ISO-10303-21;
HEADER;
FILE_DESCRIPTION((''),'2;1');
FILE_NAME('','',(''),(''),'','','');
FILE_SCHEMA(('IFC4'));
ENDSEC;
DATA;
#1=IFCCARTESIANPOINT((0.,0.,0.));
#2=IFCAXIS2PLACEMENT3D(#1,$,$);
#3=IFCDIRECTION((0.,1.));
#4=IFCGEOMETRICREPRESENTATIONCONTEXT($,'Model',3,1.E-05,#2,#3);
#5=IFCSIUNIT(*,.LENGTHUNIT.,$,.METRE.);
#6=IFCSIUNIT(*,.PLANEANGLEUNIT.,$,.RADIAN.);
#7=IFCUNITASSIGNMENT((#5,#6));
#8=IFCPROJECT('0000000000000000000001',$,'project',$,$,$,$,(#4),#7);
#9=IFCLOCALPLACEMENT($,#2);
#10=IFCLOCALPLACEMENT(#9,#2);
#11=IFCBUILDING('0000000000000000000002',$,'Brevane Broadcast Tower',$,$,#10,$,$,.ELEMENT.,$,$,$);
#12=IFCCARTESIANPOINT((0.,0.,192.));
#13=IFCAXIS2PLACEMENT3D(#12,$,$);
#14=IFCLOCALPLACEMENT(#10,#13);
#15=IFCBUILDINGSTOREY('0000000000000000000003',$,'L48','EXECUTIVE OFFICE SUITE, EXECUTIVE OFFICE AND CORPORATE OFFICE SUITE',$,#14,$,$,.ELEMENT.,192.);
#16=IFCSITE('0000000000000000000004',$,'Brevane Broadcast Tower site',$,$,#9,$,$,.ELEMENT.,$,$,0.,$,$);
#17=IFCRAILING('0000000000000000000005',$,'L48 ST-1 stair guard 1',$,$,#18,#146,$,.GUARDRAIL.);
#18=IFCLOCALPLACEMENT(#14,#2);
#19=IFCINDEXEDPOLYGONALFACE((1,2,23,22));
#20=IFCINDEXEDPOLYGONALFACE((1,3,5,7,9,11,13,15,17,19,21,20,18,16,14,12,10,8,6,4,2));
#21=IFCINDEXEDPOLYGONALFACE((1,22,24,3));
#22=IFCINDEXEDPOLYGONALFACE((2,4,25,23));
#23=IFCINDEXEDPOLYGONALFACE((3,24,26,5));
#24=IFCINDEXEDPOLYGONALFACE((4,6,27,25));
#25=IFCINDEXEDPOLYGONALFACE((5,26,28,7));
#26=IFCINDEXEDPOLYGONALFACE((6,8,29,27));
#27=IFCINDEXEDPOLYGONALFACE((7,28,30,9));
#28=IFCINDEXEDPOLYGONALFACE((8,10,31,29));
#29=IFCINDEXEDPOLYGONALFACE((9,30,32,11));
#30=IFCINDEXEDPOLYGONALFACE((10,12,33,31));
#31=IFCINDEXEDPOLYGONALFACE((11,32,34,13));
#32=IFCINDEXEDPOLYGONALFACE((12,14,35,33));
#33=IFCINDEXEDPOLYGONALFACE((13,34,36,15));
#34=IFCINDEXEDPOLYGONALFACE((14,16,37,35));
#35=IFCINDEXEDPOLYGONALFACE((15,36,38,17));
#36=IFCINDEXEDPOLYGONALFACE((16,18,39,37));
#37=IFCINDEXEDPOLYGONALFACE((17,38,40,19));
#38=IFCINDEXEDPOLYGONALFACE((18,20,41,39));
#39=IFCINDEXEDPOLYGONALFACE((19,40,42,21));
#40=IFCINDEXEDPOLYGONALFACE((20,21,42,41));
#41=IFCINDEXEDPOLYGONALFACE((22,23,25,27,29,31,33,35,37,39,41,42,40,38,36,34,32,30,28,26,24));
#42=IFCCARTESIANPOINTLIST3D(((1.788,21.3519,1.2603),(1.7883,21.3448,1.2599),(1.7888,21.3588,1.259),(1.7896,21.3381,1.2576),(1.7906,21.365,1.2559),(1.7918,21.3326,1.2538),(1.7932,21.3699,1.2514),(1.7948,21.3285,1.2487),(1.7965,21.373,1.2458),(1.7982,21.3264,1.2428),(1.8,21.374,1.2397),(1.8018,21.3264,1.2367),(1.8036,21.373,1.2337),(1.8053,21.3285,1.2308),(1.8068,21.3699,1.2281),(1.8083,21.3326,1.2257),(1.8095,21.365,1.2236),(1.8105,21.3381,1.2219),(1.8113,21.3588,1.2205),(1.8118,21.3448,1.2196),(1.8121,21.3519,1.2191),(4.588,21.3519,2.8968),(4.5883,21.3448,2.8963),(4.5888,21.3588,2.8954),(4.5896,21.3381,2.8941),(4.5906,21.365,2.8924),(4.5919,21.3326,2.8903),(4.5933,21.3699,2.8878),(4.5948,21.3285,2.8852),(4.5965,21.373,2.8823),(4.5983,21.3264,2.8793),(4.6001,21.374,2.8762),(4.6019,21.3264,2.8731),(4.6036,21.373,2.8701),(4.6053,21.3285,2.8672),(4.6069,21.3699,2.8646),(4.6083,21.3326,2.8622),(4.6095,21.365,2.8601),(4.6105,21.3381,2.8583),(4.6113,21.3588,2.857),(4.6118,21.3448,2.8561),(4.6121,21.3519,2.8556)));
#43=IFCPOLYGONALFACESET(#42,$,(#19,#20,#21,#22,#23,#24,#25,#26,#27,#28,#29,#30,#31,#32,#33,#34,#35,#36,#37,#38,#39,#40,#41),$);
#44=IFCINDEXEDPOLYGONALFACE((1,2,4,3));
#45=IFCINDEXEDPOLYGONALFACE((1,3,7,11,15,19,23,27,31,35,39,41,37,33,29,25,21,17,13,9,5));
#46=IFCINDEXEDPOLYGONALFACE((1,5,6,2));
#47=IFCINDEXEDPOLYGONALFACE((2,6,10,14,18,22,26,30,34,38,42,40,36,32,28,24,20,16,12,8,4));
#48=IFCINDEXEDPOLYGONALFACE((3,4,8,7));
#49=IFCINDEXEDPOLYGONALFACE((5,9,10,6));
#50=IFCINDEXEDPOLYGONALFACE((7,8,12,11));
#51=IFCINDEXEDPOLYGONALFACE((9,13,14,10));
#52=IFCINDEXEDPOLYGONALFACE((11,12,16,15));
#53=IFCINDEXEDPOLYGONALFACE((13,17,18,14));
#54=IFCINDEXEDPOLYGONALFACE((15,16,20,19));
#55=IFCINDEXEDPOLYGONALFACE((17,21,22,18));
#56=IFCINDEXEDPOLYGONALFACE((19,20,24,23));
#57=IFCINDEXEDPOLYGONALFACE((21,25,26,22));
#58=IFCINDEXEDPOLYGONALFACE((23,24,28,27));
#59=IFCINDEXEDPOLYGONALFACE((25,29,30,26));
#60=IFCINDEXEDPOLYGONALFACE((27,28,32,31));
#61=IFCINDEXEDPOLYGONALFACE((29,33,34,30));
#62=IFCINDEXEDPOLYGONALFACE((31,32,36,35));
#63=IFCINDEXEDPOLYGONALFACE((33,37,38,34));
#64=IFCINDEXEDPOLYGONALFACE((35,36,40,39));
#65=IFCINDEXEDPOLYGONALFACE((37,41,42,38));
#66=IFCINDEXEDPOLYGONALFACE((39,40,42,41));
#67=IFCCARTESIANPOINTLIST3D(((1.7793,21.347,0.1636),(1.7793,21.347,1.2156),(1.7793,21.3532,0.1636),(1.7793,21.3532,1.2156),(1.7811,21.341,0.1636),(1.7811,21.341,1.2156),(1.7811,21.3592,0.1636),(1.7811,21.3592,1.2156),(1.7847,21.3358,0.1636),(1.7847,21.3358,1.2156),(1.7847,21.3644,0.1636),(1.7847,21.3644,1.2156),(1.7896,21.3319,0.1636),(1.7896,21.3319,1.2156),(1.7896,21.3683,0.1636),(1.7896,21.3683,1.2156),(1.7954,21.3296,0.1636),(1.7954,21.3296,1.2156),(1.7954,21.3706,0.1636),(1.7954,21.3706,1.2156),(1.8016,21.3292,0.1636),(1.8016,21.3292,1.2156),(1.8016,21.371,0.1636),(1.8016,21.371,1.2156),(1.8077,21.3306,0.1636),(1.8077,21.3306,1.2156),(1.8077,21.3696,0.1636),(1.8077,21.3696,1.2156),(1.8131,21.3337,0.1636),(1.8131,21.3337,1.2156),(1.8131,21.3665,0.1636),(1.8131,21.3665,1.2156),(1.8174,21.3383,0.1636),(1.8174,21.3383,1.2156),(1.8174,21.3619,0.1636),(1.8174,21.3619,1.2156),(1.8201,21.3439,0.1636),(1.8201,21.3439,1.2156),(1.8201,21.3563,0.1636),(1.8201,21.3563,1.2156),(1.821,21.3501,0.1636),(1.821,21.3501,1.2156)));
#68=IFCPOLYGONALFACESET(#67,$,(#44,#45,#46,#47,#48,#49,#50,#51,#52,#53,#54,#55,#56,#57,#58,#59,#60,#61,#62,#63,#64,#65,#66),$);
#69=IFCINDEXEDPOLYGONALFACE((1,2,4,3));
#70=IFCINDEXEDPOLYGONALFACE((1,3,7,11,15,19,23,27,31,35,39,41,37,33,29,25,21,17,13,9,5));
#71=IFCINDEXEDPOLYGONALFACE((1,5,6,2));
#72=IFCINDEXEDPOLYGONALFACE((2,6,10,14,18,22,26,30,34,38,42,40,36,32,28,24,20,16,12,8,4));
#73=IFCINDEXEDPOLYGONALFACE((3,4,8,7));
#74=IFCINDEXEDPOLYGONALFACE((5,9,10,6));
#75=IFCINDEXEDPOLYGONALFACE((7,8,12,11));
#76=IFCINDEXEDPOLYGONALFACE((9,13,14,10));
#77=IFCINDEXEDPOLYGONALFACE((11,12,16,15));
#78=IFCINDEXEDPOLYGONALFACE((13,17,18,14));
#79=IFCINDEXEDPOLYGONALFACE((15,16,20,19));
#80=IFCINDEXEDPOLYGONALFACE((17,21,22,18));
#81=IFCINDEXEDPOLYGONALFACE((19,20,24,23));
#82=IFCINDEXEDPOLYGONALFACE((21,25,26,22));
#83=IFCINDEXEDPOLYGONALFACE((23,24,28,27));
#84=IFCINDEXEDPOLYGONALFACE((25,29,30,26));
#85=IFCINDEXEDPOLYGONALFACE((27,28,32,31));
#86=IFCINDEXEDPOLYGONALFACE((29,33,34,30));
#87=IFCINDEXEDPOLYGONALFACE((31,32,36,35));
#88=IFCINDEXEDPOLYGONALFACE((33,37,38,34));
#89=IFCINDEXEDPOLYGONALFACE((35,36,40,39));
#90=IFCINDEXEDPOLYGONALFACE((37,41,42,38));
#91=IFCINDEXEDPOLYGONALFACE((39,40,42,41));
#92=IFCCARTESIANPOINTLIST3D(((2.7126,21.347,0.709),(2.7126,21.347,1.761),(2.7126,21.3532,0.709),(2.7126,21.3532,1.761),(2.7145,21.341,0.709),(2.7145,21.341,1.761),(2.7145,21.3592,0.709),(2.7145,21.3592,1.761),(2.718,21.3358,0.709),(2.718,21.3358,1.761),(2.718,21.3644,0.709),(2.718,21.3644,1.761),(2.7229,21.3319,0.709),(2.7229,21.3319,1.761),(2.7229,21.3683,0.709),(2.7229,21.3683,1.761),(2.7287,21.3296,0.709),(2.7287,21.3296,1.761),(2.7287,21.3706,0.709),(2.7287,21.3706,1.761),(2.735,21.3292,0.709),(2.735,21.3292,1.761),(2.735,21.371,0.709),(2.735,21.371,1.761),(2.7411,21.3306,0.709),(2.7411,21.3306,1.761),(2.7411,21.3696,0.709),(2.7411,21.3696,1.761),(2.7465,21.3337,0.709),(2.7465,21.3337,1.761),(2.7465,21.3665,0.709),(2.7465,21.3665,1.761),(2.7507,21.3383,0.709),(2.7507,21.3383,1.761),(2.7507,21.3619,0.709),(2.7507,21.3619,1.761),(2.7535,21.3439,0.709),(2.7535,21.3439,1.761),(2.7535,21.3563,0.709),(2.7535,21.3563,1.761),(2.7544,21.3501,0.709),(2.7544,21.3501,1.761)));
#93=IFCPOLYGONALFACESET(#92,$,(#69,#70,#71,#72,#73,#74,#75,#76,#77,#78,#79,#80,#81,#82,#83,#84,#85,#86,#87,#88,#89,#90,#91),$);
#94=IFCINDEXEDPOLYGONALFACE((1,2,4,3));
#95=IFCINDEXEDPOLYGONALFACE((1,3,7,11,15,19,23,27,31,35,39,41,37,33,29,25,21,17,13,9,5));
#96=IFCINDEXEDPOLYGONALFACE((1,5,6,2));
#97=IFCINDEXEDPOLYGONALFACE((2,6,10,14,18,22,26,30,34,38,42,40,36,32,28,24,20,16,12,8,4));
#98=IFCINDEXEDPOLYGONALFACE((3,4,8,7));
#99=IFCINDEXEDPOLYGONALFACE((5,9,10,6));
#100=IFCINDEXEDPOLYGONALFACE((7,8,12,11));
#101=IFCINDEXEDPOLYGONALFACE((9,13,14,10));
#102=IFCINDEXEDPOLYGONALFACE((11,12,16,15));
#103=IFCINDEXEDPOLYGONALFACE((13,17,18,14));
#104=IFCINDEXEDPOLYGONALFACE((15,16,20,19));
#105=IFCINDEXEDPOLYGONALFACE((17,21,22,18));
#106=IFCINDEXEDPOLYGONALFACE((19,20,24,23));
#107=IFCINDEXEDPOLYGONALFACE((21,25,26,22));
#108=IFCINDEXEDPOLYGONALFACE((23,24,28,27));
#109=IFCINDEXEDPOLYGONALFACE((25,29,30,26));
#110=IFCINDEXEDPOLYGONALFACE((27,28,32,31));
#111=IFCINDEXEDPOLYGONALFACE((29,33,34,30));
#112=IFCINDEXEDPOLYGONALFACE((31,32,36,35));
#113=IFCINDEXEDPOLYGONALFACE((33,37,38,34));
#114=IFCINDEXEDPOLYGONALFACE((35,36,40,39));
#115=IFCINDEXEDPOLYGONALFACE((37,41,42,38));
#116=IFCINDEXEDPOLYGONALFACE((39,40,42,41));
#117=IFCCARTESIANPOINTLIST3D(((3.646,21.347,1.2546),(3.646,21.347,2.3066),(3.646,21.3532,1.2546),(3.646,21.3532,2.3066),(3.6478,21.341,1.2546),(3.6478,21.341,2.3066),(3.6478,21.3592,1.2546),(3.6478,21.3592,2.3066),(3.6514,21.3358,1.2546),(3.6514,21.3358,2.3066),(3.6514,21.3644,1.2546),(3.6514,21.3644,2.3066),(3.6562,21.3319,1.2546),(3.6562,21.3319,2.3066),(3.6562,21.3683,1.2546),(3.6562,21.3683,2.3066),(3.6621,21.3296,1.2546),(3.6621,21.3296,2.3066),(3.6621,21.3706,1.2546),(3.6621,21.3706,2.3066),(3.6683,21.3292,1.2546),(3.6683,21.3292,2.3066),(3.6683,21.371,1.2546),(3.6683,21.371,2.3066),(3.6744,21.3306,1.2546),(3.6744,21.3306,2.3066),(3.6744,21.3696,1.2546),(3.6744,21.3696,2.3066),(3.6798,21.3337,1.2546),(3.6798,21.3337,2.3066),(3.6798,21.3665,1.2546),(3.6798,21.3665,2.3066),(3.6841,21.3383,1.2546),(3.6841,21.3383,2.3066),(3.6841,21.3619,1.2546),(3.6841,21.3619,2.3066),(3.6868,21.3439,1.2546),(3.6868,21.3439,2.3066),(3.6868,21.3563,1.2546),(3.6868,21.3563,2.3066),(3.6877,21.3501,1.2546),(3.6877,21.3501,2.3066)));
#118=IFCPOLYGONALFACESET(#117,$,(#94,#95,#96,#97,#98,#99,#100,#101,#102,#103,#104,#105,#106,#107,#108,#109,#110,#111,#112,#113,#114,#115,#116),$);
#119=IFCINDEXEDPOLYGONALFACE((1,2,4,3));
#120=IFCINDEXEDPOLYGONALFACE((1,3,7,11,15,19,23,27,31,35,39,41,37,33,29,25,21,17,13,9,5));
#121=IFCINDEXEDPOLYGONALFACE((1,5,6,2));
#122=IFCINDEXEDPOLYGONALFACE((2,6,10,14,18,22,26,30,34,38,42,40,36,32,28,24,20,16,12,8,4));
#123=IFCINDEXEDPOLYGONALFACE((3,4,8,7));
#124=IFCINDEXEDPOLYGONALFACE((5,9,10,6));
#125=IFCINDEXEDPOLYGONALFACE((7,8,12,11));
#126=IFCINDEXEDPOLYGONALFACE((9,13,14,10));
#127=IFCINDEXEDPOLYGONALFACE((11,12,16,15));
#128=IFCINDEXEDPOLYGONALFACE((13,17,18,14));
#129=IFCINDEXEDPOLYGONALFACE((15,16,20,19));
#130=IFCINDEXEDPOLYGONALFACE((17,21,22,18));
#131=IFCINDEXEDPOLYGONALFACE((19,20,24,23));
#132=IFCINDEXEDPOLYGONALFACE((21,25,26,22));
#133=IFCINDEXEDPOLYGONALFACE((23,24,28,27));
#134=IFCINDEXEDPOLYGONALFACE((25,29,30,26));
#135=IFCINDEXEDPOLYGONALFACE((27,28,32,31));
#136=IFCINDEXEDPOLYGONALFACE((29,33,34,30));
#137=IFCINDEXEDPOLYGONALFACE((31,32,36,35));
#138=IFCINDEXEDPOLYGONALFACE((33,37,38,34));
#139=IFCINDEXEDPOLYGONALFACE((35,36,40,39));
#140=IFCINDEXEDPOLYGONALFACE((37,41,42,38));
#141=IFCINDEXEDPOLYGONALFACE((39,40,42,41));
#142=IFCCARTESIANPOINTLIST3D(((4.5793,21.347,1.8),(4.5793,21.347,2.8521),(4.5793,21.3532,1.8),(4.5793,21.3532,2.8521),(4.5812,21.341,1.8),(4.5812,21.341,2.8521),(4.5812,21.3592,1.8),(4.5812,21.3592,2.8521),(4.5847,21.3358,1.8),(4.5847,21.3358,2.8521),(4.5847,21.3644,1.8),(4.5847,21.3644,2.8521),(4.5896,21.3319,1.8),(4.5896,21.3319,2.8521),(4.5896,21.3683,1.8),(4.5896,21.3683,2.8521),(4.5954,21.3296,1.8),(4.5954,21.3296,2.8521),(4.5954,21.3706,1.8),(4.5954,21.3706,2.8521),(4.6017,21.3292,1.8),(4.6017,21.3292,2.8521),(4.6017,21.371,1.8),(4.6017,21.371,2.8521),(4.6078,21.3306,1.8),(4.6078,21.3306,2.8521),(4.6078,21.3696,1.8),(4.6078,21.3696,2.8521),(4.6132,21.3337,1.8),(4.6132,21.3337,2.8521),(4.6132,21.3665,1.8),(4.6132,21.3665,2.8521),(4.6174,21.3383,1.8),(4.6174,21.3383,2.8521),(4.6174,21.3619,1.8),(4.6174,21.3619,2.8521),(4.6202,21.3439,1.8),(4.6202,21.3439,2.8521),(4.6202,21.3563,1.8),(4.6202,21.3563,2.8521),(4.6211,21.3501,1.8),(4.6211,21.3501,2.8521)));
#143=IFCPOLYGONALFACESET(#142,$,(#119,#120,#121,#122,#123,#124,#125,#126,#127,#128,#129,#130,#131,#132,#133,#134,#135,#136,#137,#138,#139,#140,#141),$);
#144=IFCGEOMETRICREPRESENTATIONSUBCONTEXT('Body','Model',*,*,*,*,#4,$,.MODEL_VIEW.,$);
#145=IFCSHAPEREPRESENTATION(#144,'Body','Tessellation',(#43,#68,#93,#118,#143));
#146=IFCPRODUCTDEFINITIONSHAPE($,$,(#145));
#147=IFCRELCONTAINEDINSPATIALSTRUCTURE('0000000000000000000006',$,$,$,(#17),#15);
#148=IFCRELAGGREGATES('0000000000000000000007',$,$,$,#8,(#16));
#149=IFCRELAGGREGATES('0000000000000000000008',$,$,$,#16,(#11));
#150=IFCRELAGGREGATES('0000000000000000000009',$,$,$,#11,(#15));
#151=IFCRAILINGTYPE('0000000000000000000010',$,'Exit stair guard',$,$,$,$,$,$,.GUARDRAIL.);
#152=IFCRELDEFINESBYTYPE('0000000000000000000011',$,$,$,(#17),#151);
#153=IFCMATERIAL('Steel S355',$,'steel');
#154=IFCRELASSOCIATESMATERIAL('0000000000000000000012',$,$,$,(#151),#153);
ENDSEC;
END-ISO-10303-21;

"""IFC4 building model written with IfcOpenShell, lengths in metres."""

from ifc_helpers import new_model, si_unit, direction, frame, origin, origin_2d, place, context, subcontext, project, spatial, circle, extrude, material, type_object, element, save


model = new_model("IFC4")

# Units and contexts
model_context = context("Model", 3, precision=1e-05, world=origin(), true_north=direction((0.0, 1.0)))
body_context = subcontext(model_context, "Body", "Model", "MODEL_VIEW")
ifc_project = project(units=[si_unit("LENGTHUNIT", "METRE"), si_unit("PLANEANGLEUNIT", "RADIAN")], contexts=[model_context])

# Site, building, storey
site_placement = place(None, origin())
site = spatial("IfcSite", under=ifc_project, at=site_placement, Name="Brevane Broadcast Tower site", CompositionType="ELEMENT", RefElevation=0.0)
building_placement = place(site_placement, origin())
building = spatial("IfcBuilding", under=site, at=building_placement, Name="Brevane Broadcast Tower", CompositionType="ELEMENT")
storey_placement = place(building_placement, frame((0.0, 0.0, 192.0)))
storey = spatial("IfcBuildingStorey", under=building, at=storey_placement, Name="L48", Description="EXECUTIVE OFFICE SUITE, EXECUTIVE OFFICE AND CORPORATE OFFICE SUITE", CompositionType="ELEMENT", Elevation=192.0)

# Railing
ifc_material_1 = material(Name="Steel S355", Category="steel")
railing_type_1 = type_object("IfcRailingType", Name="Exit stair guard", PredefinedType="GUARDRAIL", material=ifc_material_1)
railing_1_placement = place(storey_placement, frame((1.8, 21.3501, 0.1636)))
element("IfcRailing", 1, at=railing_1_placement, inside=storey, type_object=railing_type_1, Name="L48 ST-1 stair guard 1", PredefinedType="GUARDRAIL", context=body_context, shape_type="SweptSolid", body=[
    extrude(circle(Radius=0.0239, at=origin_2d()), frame((0.0, 0.0, 1.0762), z_axis=(0.863361, 0.0, 0.504587), x_axis=(0.0, 1.0, 0.0)), (0.0, 0.0, 1.0), 3.2432),
    extrude(circle(Radius=0.021, at=origin_2d()), origin(), (0.0, 0.0, 1.0), 1.052),
    extrude(circle(Radius=0.021, at=origin_2d()), frame((0.9333, 0.0, 0.5454)), (0.0, 0.0, 1.0), 1.052),
    extrude(circle(Radius=0.021, at=origin_2d()), frame((1.8667, 0.0, 1.0911)), (0.0, 0.0, 1.0), 1.052),
    extrude(circle(Radius=0.021, at=origin_2d()), frame((2.8, 0.0, 1.6365)), (0.0, 0.0, 1.0), 1.052),
])

save(model, "model.ifc")
